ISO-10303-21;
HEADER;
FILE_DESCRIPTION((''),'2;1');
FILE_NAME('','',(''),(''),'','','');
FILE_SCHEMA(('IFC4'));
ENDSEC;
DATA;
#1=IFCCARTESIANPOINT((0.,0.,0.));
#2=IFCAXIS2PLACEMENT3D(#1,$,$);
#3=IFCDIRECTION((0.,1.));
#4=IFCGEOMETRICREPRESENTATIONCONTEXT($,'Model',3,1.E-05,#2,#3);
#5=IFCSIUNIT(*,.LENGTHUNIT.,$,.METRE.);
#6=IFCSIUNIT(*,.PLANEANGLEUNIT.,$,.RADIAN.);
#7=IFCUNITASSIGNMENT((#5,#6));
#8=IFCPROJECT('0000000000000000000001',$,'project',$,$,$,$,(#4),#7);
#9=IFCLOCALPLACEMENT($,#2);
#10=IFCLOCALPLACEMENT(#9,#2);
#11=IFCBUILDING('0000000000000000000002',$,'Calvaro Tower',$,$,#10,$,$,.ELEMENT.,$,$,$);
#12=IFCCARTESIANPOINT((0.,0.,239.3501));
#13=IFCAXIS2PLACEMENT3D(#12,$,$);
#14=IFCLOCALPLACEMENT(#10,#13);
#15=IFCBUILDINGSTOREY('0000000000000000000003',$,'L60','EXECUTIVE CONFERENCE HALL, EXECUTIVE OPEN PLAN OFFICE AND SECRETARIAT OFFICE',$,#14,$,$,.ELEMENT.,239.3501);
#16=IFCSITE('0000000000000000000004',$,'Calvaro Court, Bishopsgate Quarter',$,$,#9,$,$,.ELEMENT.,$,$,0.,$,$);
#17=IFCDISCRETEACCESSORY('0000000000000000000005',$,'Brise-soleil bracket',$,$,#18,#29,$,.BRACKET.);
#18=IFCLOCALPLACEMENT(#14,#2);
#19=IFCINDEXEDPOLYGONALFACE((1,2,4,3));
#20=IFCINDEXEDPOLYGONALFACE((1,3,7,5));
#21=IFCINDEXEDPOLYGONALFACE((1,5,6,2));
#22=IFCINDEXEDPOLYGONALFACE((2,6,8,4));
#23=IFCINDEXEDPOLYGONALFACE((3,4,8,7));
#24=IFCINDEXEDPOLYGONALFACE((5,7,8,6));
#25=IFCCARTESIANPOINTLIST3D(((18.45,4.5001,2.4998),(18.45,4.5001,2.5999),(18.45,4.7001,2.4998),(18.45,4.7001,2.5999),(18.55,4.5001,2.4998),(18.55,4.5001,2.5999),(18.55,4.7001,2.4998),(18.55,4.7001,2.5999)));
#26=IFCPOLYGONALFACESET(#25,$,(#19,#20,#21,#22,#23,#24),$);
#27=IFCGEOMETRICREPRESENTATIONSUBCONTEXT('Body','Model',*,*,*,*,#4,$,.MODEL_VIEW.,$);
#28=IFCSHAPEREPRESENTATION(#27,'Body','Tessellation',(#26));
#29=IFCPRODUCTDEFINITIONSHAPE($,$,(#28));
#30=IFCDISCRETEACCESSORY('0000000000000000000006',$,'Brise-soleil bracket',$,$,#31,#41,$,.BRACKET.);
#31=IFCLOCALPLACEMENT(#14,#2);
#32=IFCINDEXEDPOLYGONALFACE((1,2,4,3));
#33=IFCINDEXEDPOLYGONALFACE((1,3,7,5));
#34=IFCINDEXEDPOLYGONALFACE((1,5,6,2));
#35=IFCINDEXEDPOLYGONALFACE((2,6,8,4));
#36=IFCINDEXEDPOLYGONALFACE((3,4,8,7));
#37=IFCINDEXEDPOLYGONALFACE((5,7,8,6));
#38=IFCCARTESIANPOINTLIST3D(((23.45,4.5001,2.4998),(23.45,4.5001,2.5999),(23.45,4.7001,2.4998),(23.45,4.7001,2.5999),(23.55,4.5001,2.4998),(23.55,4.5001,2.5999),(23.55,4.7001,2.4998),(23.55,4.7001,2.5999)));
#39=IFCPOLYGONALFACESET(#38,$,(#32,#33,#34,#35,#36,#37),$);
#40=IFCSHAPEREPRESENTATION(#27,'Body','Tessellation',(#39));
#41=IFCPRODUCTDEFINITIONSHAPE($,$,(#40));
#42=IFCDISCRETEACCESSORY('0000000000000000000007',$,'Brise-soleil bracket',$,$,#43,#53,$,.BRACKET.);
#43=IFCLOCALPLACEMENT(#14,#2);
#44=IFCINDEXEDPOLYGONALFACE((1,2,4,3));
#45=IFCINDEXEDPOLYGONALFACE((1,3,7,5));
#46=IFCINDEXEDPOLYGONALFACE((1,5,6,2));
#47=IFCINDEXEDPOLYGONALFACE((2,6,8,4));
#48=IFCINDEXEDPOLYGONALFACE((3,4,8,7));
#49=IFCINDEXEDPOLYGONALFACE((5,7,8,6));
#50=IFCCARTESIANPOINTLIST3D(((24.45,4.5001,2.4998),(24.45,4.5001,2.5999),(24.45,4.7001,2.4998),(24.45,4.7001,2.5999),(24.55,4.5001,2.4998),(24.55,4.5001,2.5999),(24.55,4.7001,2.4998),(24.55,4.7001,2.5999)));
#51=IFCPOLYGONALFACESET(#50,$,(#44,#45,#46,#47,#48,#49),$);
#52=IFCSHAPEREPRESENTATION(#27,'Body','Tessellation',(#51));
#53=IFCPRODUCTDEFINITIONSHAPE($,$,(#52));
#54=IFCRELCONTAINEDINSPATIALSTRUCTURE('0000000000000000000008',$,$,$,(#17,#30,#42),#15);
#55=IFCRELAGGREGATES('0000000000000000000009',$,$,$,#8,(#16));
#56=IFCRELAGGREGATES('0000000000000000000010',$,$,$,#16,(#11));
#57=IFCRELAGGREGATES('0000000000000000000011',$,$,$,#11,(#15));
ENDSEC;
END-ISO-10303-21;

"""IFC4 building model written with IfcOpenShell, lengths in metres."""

from ifc_helpers import new_model, si_unit, direction, frame, origin, origin_2d, place, context, subcontext, project, spatial, rectangle, extrude, element, save


model = new_model("IFC4")

# Units and contexts
model_context = context("Model", 3, precision=1e-05, world=origin(), true_north=direction((0.0, 1.0)))
body_context = subcontext(model_context, "Body", "Model", "MODEL_VIEW")
ifc_project = project(units=[si_unit("LENGTHUNIT", "METRE"), si_unit("PLANEANGLEUNIT", "RADIAN")], contexts=[model_context])

# Site, building, storey
site_placement = place(None, origin())
site = spatial("IfcSite", under=ifc_project, at=site_placement, Name="Calvaro Court, Bishopsgate Quarter", CompositionType="ELEMENT", RefElevation=0.0)
building_placement = place(site_placement, origin())
building = spatial("IfcBuilding", under=site, at=building_placement, Name="Calvaro Tower", CompositionType="ELEMENT")
storey_placement = place(building_placement, frame((0.0, 0.0, 239.3501)))
storey = spatial("IfcBuildingStorey", under=building, at=storey_placement, Name="L60", Description="EXECUTIVE CONFERENCE HALL, EXECUTIVE OPEN PLAN OFFICE AND SECRETARIAT OFFICE", CompositionType="ELEMENT", Elevation=239.3501)

# Discrete accessories
for number, where, z_axis, x_axis, name in (
    (1, (18.5, 4.6001, 2.4998), (0.0, 0.0, 1.0), (1.0, 0.0, 0.0), "Brise-soleil bracket"),
    (2, (23.5, 4.6001, 2.4998), (0.0, 0.0, 1.0), (1.0, 0.0, 0.0), "Brise-soleil bracket"),
    (3, (24.5, 4.6001, 2.4998), (0.0, 0.0, 1.0), (1.0, 0.0, 0.0), "Brise-soleil bracket"),
):
    element("IfcDiscreteAccessory", number, at=place(storey_placement, frame(where, z_axis=z_axis, x_axis=x_axis)), inside=storey, Name=name, PredefinedType="BRACKET", context=body_context, shape_type="SweptSolid", body=[
        extrude(rectangle(XDim=0.1001, YDim=0.2, at=origin_2d()), origin(), (0.0, 0.0, 1.0), 0.1001),
    ])

save(model, "model.ifc")
